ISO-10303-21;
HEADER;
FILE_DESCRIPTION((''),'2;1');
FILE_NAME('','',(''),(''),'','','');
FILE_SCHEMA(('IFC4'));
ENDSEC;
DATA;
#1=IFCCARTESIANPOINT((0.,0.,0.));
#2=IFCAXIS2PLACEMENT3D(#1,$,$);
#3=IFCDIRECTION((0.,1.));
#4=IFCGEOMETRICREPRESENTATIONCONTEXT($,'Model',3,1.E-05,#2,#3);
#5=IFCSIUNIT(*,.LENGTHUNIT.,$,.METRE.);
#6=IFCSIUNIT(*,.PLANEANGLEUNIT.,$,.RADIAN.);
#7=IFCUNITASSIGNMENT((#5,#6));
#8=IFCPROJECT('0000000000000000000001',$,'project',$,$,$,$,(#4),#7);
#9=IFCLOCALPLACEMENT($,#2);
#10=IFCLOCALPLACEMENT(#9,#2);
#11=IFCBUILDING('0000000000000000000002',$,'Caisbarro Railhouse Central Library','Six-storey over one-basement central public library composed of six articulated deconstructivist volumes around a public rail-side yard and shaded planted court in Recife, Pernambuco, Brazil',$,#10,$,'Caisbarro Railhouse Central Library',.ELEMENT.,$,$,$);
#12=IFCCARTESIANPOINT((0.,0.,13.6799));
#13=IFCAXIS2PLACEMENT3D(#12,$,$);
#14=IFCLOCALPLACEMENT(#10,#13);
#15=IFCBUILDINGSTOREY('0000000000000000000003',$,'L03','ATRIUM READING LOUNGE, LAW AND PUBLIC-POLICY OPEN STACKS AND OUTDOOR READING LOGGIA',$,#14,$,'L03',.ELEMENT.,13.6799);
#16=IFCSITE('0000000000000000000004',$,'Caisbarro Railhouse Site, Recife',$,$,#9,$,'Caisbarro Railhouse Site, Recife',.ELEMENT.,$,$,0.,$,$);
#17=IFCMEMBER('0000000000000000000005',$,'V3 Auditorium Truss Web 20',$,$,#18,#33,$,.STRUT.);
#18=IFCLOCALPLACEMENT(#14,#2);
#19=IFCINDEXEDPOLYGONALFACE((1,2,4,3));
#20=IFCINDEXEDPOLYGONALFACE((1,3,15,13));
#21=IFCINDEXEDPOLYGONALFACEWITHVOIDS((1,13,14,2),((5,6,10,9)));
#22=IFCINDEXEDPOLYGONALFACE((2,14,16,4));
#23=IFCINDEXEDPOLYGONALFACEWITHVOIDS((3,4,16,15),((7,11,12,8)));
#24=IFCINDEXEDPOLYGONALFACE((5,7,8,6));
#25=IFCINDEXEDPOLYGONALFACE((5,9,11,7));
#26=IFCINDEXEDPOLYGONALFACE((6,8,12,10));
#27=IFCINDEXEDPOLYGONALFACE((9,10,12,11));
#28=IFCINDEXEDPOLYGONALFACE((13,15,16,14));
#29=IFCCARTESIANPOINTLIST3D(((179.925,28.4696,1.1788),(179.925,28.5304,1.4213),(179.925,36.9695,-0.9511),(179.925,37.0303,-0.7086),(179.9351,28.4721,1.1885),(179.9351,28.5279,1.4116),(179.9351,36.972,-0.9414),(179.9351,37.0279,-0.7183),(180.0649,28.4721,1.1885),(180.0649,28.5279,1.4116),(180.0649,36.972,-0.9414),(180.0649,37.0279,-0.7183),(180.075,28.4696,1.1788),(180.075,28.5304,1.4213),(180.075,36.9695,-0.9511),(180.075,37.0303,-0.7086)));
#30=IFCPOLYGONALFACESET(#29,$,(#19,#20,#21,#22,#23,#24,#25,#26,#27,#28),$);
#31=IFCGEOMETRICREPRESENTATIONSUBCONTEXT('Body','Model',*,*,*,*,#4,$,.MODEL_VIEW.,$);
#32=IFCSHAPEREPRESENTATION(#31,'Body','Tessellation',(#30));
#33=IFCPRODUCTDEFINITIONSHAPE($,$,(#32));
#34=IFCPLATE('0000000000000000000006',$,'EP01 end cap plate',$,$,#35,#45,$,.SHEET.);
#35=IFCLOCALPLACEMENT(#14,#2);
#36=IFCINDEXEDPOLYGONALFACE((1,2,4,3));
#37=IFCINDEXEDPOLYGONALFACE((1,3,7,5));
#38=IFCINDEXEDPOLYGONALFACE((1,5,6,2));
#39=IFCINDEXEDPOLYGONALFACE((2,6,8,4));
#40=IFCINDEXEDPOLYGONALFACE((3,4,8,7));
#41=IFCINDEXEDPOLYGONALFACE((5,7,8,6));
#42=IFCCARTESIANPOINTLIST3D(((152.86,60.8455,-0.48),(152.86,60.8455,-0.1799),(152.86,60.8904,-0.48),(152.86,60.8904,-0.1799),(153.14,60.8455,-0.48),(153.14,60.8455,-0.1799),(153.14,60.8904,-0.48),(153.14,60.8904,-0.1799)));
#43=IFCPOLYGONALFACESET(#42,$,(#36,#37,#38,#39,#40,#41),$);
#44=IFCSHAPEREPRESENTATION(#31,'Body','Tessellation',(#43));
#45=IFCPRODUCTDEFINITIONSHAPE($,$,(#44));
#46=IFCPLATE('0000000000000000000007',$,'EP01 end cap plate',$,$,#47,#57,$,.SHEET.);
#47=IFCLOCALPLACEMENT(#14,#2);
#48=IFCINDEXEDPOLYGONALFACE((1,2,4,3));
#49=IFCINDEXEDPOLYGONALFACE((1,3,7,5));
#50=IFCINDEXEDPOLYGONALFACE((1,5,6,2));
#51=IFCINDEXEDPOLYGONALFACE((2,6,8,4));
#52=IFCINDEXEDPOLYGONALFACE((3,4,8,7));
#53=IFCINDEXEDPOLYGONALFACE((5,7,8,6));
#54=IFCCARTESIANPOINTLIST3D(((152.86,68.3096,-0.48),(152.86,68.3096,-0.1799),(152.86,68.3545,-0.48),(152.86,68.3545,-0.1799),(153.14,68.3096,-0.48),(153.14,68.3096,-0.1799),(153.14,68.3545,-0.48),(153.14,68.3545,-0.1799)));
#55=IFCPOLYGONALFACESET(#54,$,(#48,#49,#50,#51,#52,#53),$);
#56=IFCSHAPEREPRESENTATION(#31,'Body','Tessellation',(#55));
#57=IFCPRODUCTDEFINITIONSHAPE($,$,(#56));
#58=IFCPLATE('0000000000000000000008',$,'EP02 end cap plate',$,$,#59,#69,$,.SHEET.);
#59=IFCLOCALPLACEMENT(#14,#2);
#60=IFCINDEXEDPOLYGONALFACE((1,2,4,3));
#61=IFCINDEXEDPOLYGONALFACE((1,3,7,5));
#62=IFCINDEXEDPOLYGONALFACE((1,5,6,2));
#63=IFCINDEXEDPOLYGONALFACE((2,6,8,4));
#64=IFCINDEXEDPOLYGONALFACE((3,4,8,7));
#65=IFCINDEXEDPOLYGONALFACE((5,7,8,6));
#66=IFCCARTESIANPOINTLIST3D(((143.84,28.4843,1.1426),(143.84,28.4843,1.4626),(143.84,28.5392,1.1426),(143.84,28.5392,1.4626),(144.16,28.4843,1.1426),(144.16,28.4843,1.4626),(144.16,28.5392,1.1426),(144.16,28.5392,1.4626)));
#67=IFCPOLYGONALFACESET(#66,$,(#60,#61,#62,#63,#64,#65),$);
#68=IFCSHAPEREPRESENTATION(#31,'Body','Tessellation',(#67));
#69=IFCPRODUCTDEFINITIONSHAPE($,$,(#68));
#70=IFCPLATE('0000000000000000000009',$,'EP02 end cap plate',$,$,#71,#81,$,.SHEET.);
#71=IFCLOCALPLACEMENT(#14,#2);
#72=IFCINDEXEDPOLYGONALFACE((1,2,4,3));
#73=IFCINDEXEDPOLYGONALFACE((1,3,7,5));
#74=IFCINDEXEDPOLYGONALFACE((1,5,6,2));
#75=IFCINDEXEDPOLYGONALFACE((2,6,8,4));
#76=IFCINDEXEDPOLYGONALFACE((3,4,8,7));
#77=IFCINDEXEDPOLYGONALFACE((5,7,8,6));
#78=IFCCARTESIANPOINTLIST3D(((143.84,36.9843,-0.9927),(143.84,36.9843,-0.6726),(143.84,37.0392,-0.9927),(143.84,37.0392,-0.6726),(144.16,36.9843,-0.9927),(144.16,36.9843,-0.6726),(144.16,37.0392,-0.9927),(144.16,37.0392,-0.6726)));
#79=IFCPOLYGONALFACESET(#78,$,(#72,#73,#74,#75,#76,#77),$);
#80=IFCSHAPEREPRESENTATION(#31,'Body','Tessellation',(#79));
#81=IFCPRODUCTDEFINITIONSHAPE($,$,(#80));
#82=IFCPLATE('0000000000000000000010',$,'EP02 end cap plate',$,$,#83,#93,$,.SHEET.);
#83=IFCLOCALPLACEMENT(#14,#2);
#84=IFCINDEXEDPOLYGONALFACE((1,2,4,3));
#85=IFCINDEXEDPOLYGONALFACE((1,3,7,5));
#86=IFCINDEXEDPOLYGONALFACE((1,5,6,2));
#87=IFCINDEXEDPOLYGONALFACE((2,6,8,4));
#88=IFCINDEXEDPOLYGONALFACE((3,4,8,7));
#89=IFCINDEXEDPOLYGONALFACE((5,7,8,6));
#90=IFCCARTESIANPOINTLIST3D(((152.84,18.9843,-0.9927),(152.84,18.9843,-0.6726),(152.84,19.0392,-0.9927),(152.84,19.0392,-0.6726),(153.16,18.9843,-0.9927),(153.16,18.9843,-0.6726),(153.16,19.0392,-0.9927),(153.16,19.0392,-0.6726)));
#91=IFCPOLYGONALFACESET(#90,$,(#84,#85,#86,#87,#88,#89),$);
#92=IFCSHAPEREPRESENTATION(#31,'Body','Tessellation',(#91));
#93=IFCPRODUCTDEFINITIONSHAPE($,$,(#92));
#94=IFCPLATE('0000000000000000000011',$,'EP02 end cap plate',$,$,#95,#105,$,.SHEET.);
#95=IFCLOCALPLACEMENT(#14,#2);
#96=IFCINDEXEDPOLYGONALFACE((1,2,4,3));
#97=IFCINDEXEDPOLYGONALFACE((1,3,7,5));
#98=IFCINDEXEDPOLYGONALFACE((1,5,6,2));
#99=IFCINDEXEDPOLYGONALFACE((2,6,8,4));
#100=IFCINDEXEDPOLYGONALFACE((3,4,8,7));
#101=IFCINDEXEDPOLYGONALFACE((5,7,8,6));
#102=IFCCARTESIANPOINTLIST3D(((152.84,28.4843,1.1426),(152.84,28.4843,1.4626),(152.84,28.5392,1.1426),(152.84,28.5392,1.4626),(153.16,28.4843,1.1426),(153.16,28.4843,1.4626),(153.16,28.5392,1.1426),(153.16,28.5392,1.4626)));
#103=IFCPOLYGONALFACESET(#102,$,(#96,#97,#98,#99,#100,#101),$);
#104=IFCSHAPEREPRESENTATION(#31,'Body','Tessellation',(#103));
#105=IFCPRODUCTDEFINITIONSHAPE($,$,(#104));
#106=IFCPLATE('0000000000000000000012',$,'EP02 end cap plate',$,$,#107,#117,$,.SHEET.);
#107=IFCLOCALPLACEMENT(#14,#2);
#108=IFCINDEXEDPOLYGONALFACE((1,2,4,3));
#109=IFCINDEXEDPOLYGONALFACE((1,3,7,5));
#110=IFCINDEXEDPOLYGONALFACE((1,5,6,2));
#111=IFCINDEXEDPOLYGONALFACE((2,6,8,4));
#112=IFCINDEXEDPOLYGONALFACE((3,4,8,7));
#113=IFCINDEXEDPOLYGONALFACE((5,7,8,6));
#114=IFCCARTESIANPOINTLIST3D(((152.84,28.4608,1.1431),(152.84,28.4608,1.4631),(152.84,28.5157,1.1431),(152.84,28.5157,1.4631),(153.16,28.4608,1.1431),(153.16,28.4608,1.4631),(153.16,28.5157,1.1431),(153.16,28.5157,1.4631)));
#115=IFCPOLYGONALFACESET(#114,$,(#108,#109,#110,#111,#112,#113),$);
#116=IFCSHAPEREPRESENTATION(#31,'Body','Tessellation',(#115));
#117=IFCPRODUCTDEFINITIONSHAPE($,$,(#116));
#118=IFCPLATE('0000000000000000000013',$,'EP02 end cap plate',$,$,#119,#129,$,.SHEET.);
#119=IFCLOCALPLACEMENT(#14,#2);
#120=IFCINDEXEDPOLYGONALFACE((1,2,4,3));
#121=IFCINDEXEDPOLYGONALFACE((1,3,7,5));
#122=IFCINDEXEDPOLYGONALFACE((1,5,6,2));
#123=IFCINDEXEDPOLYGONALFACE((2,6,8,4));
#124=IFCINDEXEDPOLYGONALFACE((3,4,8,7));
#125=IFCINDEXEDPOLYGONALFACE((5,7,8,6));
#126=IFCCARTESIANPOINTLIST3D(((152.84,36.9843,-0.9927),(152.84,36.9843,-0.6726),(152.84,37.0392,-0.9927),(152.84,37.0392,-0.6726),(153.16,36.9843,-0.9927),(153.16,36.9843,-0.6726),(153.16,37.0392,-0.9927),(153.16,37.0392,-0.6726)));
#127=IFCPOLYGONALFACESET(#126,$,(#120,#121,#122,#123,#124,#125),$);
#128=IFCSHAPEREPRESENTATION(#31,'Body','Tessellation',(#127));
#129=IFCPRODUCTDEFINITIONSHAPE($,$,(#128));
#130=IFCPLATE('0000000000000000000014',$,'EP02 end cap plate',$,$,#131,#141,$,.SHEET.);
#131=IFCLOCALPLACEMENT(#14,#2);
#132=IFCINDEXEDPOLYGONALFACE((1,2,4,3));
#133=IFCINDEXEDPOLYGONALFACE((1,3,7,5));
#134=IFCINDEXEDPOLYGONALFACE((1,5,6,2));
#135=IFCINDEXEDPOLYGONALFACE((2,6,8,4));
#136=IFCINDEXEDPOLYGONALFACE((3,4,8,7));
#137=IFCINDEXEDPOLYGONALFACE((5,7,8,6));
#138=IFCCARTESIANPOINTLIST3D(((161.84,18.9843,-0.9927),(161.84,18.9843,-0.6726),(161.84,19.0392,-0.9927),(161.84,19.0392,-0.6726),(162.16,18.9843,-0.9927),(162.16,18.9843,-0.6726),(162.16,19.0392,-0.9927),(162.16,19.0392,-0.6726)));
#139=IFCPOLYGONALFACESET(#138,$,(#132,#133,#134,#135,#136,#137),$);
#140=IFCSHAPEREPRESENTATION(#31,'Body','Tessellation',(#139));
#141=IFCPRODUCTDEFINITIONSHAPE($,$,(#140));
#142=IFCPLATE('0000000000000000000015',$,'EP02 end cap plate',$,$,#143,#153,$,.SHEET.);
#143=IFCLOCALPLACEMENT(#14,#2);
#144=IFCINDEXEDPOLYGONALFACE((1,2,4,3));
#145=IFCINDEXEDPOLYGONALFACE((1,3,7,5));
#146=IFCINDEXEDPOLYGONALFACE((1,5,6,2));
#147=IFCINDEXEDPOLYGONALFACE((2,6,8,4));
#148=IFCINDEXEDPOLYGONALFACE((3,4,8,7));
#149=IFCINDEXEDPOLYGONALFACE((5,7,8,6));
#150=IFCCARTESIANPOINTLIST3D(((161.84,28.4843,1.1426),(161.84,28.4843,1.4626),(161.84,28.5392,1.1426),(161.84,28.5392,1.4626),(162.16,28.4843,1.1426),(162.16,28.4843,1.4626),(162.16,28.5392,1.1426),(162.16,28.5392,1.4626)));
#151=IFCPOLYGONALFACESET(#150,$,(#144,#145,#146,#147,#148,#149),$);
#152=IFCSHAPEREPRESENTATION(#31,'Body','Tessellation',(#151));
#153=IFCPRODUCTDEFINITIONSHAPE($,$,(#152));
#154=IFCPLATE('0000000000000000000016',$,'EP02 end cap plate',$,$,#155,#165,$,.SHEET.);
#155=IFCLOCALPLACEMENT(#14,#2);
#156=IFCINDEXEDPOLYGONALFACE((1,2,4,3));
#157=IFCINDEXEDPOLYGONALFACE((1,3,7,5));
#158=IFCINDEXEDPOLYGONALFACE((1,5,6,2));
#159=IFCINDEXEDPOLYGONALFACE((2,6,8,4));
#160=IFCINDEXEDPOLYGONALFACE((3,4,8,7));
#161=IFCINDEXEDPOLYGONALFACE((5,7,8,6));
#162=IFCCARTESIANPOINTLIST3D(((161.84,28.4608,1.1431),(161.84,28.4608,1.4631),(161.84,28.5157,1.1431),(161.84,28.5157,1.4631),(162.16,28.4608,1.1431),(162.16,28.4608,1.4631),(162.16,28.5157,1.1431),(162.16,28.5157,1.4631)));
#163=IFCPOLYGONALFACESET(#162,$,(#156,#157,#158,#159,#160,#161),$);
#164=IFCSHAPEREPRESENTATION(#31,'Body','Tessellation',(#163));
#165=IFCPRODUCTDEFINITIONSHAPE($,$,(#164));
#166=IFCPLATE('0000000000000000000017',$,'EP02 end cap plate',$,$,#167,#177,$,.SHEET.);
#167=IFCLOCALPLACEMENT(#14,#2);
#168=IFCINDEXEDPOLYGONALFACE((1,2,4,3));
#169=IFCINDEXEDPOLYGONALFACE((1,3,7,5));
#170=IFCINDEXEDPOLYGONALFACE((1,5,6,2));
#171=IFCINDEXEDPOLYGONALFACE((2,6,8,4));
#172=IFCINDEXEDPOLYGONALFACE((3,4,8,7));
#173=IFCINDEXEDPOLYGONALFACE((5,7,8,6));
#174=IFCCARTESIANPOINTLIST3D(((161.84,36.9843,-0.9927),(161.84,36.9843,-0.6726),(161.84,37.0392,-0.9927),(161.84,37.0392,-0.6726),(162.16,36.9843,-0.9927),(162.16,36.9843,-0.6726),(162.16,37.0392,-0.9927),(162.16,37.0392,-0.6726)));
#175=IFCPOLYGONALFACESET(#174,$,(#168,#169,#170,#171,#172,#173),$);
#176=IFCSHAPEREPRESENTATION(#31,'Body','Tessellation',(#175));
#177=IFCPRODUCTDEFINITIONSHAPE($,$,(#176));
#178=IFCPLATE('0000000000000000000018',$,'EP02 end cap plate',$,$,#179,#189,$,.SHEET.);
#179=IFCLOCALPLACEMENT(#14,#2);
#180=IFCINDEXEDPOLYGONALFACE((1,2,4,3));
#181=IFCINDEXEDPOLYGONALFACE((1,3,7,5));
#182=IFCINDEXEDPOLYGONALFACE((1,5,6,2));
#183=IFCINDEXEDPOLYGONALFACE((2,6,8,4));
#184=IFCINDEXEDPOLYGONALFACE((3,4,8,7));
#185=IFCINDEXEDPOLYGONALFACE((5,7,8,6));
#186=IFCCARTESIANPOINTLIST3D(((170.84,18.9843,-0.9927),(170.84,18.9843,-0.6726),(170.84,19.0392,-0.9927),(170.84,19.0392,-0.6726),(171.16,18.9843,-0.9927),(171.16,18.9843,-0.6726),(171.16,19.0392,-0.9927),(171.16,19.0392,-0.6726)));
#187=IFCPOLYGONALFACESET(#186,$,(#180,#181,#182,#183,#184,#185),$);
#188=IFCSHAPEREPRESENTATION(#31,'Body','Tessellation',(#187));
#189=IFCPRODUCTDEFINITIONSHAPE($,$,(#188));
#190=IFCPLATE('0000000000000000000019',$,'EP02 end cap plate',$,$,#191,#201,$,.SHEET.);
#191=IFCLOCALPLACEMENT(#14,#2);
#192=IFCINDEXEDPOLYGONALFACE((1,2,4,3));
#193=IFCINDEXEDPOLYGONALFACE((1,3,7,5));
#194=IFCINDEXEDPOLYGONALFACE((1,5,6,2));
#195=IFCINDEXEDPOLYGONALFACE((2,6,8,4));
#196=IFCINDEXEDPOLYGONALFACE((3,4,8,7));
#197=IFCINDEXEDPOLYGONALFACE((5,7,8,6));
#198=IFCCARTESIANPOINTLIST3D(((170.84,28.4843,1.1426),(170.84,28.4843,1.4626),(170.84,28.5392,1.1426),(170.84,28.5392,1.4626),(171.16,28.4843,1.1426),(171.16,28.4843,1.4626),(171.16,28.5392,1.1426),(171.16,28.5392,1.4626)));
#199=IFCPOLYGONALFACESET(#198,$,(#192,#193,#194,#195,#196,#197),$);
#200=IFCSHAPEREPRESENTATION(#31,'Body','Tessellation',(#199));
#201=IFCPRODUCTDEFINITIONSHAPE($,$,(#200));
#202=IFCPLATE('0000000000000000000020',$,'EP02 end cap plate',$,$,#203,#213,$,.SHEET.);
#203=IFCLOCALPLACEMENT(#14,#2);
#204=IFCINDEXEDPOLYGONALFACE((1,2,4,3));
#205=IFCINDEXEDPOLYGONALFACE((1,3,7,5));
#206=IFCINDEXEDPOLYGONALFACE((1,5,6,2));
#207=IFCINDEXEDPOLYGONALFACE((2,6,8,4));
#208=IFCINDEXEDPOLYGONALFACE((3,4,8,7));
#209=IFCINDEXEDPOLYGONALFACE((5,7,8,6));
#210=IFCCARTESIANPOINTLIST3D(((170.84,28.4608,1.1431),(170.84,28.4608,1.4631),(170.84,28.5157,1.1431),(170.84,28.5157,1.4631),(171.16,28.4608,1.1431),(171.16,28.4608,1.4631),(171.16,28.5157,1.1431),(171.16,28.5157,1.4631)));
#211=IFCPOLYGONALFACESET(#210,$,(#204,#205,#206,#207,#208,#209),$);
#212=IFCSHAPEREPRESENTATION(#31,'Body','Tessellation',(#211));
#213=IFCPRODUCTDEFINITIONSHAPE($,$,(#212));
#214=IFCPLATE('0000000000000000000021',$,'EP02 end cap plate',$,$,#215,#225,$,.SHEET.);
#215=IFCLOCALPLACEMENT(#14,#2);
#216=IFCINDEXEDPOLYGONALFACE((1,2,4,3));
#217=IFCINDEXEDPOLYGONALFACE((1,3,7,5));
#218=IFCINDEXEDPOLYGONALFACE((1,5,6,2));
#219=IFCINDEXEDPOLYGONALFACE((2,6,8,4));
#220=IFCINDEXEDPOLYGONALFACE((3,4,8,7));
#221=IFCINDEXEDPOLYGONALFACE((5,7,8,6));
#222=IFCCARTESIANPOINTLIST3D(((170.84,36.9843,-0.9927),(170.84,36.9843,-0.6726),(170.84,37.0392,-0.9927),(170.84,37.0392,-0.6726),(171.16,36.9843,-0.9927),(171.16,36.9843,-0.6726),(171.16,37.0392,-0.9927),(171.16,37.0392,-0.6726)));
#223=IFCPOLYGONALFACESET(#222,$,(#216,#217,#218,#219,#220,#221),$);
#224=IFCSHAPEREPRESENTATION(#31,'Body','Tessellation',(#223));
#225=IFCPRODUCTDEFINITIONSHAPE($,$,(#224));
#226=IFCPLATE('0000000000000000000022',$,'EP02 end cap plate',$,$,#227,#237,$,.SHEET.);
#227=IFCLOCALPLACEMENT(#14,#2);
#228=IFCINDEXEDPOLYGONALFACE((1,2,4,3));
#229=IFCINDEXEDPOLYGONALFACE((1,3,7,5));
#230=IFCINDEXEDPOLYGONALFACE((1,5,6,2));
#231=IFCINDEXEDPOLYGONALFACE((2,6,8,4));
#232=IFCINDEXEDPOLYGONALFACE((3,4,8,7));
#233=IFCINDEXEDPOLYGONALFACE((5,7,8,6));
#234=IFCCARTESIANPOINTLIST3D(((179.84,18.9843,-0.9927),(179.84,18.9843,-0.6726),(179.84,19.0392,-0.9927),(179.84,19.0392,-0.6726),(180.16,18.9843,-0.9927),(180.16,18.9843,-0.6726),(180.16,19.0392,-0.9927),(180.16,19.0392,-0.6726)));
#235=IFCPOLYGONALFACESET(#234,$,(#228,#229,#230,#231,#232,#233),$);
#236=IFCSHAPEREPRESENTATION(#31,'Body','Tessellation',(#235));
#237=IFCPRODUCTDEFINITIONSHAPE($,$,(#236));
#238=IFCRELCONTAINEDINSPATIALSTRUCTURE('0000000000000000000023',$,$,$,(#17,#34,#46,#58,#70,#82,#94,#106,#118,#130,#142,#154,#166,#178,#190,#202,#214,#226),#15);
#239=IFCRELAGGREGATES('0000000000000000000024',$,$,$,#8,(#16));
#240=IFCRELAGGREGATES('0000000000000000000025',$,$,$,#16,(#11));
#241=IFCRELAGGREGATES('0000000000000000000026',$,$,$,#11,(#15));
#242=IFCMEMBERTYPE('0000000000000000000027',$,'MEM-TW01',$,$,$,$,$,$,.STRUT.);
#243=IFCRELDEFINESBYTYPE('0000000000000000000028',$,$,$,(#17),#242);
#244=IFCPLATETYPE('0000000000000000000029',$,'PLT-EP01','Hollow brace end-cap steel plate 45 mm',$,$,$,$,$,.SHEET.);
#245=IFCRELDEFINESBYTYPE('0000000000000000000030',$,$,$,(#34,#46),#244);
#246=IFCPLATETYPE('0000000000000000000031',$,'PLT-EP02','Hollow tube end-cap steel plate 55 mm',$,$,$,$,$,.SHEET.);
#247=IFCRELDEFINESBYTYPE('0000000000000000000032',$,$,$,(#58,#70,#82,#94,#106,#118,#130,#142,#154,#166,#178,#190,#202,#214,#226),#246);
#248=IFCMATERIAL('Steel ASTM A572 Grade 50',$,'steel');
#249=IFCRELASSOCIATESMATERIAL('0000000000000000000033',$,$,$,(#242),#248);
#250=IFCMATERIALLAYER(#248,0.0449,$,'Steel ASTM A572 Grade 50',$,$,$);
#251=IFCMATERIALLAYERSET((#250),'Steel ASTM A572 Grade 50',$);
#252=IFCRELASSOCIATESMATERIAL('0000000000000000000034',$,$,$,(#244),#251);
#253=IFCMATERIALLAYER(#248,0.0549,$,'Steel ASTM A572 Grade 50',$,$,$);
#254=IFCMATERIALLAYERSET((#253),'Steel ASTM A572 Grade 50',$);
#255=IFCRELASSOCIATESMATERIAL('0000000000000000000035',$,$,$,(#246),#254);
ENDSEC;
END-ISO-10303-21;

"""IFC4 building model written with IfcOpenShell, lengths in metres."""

from ifc_helpers import new_model, si_unit, direction, frame, origin, origin_2d, place, context, subcontext, project, spatial, rectangle, hollow_rectangle, extrude, material, layer, layer_set, material_profile, profile_set, type_object, element, save


model = new_model("IFC4")

# Units and contexts
model_context = context("Model", 3, precision=1e-05, world=origin(), true_north=direction((0.0, 1.0)))
body_context = subcontext(model_context, "Body", "Model", "MODEL_VIEW")
ifc_project = project(units=[si_unit("LENGTHUNIT", "METRE"), si_unit("PLANEANGLEUNIT", "RADIAN")], contexts=[model_context])

# Site, building, storey
site_placement = place(None, origin())
site = spatial("IfcSite", under=ifc_project, at=site_placement, Name="Caisbarro Railhouse Site, Recife", LongName="Caisbarro Railhouse Site, Recife", CompositionType="ELEMENT", RefElevation=0.0)
building_placement = place(site_placement, origin())
building = spatial("IfcBuilding", under=site, at=building_placement, Name="Caisbarro Railhouse Central Library", Description="Six-storey over one-basement central public library composed of six articulated deconstructivist volumes around a public rail-side yard and shaded planted court in Recife, Pernambuco, Brazil", LongName="Caisbarro Railhouse Central Library", CompositionType="ELEMENT")
storey_placement = place(building_placement, frame((0.0, 0.0, 13.6799)))
storey = spatial("IfcBuildingStorey", under=building, at=storey_placement, Name="L03", Description="ATRIUM READING LOUNGE, LAW AND PUBLIC-POLICY OPEN STACKS AND OUTDOOR READING LOGGIA", LongName="L03", CompositionType="ELEMENT", Elevation=13.6799)

# Shared definitions
ifc_material_1 = material(Name="Steel ASTM A572 Grade 50", Category="steel")

# Member
ifc_material_profile_1 = material_profile(ifc_material_1, hollow_rectangle(XDim=0.1499, YDim=0.25, WallThickness=0.01, at=origin_2d()), Name="HSS250X150X10")
ifc_profile_set_1 = profile_set([ifc_material_profile_1], Name="Steel ASTM A572 Grade 50")
member_type_1 = type_object("IfcMemberType", Name="MEM-TW01", PredefinedType="STRUT", material=ifc_profile_set_1)
for number, where, z_axis, x_axis, name in (
    (1, (180.0, 28.5, 1.3), (0.0, 0.970011, -0.24306), (-1.0, 0.0, 0.0), "V3 Auditorium Truss Web 20"),
):
    element("IfcMember", number, at=place(storey_placement, frame(where, z_axis=z_axis, x_axis=x_axis)), inside=storey, type_object=member_type_1, Name=name, PredefinedType="STRUT", context=body_context, shape_type="SweptSolid", body=[
        extrude(hollow_rectangle(XDim=0.1499, YDim=0.25, WallThickness=0.01, at=origin_2d()), origin(), (0.0, 0.0, 1.0), 8.7627),
    ])

# Plates
ifc_layer_1 = layer(ifc_material_1, 0.0449, Name="Steel ASTM A572 Grade 50")
ifc_layer_set_1 = layer_set([ifc_layer_1], Name="Steel ASTM A572 Grade 50")
plate_type_1 = type_object("IfcPlateType", Name="PLT-EP01", Description="Hollow brace end-cap steel plate 45 mm", PredefinedType="SHEET", material=ifc_layer_set_1)
for number, where, z_axis, x_axis, name in (
    (2, (153.0, 60.8679, -0.48), (0.0, 0.0, 1.0), (0.0, 1.0, 0.0), "EP01 end cap plate"),
    (3, (153.0, 68.332, -0.48), (0.0, 0.0, 1.0), (0.0, 1.0, 0.0), "EP01 end cap plate"),
):
    element("IfcPlate", number, at=place(storey_placement, frame(where, z_axis=z_axis, x_axis=x_axis)), inside=storey, type_object=plate_type_1, Name=name, PredefinedType="SHEET", context=body_context, shape_type="SweptSolid", body=[
        extrude(rectangle(XDim=0.0449, YDim=0.28, at=origin_2d()), origin(), (0.0, 0.0, 1.0), 0.3),
    ])
ifc_layer_2 = layer(ifc_material_1, 0.0549, Name="Steel ASTM A572 Grade 50")
ifc_layer_set_2 = layer_set([ifc_layer_2], Name="Steel ASTM A572 Grade 50")
plate_type_2 = type_object("IfcPlateType", Name="PLT-EP02", Description="Hollow tube end-cap steel plate 55 mm", PredefinedType="SHEET", material=ifc_layer_set_2)
for number, where, z_axis, x_axis, name in (
    (4, (144.0, 28.5117, 1.1426), (0.0, 0.0, 1.0), (0.0, 1.0, 0.0), "EP02 end cap plate"),
    (5, (144.0, 37.0117, -0.9927), (0.0, 0.0, 1.0), (0.0, 1.0, 0.0), "EP02 end cap plate"),
    (6, (153.0, 19.0117, -0.9927), (0.0, 0.0, 1.0), (0.0, 1.0, 0.0), "EP02 end cap plate"),
    (7, (153.0, 28.5117, 1.1426), (0.0, 0.0, 1.0), (0.0, 1.0, 0.0), "EP02 end cap plate"),
    (8, (153.0, 28.4883, 1.1431), (0.0, 0.0, 1.0), (0.0, 1.0, 0.0), "EP02 end cap plate"),
    (9, (153.0, 37.0117, -0.9927), (0.0, 0.0, 1.0), (0.0, 1.0, 0.0), "EP02 end cap plate"),
    (10, (162.0, 19.0117, -0.9927), (0.0, 0.0, 1.0), (0.0, 1.0, 0.0), "EP02 end cap plate"),
    (11, (162.0, 28.5117, 1.1426), (0.0, 0.0, 1.0), (0.0, 1.0, 0.0), "EP02 end cap plate"),
    (12, (162.0, 28.4883, 1.1431), (0.0, 0.0, 1.0), (0.0, 1.0, 0.0), "EP02 end cap plate"),
    (13, (162.0, 37.0117, -0.9927), (0.0, 0.0, 1.0), (0.0, 1.0, 0.0), "EP02 end cap plate"),
    (14, (171.0, 19.0117, -0.9927), (0.0, 0.0, 1.0), (0.0, 1.0, 0.0), "EP02 end cap plate"),
    (15, (171.0, 28.5117, 1.1426), (0.0, 0.0, 1.0), (0.0, 1.0, 0.0), "EP02 end cap plate"),
    (16, (171.0, 28.4883, 1.1431), (0.0, 0.0, 1.0), (0.0, 1.0, 0.0), "EP02 end cap plate"),
    (17, (171.0, 37.0117, -0.9927), (0.0, 0.0, 1.0), (0.0, 1.0, 0.0), "EP02 end cap plate"),
    (18, (180.0, 19.0117, -0.9927), (0.0, 0.0, 1.0), (0.0, 1.0, 0.0), "EP02 end cap plate"),
):
    element("IfcPlate", number, at=place(storey_placement, frame(where, z_axis=z_axis, x_axis=x_axis)), inside=storey, type_object=plate_type_2, Name=name, PredefinedType="SHEET", context=body_context, shape_type="SweptSolid", body=[
        extrude(rectangle(XDim=0.0549, YDim=0.3201, at=origin_2d()), origin(), (0.0, 0.0, 1.0), 0.3201),
    ])

save(model, "model.ifc")
